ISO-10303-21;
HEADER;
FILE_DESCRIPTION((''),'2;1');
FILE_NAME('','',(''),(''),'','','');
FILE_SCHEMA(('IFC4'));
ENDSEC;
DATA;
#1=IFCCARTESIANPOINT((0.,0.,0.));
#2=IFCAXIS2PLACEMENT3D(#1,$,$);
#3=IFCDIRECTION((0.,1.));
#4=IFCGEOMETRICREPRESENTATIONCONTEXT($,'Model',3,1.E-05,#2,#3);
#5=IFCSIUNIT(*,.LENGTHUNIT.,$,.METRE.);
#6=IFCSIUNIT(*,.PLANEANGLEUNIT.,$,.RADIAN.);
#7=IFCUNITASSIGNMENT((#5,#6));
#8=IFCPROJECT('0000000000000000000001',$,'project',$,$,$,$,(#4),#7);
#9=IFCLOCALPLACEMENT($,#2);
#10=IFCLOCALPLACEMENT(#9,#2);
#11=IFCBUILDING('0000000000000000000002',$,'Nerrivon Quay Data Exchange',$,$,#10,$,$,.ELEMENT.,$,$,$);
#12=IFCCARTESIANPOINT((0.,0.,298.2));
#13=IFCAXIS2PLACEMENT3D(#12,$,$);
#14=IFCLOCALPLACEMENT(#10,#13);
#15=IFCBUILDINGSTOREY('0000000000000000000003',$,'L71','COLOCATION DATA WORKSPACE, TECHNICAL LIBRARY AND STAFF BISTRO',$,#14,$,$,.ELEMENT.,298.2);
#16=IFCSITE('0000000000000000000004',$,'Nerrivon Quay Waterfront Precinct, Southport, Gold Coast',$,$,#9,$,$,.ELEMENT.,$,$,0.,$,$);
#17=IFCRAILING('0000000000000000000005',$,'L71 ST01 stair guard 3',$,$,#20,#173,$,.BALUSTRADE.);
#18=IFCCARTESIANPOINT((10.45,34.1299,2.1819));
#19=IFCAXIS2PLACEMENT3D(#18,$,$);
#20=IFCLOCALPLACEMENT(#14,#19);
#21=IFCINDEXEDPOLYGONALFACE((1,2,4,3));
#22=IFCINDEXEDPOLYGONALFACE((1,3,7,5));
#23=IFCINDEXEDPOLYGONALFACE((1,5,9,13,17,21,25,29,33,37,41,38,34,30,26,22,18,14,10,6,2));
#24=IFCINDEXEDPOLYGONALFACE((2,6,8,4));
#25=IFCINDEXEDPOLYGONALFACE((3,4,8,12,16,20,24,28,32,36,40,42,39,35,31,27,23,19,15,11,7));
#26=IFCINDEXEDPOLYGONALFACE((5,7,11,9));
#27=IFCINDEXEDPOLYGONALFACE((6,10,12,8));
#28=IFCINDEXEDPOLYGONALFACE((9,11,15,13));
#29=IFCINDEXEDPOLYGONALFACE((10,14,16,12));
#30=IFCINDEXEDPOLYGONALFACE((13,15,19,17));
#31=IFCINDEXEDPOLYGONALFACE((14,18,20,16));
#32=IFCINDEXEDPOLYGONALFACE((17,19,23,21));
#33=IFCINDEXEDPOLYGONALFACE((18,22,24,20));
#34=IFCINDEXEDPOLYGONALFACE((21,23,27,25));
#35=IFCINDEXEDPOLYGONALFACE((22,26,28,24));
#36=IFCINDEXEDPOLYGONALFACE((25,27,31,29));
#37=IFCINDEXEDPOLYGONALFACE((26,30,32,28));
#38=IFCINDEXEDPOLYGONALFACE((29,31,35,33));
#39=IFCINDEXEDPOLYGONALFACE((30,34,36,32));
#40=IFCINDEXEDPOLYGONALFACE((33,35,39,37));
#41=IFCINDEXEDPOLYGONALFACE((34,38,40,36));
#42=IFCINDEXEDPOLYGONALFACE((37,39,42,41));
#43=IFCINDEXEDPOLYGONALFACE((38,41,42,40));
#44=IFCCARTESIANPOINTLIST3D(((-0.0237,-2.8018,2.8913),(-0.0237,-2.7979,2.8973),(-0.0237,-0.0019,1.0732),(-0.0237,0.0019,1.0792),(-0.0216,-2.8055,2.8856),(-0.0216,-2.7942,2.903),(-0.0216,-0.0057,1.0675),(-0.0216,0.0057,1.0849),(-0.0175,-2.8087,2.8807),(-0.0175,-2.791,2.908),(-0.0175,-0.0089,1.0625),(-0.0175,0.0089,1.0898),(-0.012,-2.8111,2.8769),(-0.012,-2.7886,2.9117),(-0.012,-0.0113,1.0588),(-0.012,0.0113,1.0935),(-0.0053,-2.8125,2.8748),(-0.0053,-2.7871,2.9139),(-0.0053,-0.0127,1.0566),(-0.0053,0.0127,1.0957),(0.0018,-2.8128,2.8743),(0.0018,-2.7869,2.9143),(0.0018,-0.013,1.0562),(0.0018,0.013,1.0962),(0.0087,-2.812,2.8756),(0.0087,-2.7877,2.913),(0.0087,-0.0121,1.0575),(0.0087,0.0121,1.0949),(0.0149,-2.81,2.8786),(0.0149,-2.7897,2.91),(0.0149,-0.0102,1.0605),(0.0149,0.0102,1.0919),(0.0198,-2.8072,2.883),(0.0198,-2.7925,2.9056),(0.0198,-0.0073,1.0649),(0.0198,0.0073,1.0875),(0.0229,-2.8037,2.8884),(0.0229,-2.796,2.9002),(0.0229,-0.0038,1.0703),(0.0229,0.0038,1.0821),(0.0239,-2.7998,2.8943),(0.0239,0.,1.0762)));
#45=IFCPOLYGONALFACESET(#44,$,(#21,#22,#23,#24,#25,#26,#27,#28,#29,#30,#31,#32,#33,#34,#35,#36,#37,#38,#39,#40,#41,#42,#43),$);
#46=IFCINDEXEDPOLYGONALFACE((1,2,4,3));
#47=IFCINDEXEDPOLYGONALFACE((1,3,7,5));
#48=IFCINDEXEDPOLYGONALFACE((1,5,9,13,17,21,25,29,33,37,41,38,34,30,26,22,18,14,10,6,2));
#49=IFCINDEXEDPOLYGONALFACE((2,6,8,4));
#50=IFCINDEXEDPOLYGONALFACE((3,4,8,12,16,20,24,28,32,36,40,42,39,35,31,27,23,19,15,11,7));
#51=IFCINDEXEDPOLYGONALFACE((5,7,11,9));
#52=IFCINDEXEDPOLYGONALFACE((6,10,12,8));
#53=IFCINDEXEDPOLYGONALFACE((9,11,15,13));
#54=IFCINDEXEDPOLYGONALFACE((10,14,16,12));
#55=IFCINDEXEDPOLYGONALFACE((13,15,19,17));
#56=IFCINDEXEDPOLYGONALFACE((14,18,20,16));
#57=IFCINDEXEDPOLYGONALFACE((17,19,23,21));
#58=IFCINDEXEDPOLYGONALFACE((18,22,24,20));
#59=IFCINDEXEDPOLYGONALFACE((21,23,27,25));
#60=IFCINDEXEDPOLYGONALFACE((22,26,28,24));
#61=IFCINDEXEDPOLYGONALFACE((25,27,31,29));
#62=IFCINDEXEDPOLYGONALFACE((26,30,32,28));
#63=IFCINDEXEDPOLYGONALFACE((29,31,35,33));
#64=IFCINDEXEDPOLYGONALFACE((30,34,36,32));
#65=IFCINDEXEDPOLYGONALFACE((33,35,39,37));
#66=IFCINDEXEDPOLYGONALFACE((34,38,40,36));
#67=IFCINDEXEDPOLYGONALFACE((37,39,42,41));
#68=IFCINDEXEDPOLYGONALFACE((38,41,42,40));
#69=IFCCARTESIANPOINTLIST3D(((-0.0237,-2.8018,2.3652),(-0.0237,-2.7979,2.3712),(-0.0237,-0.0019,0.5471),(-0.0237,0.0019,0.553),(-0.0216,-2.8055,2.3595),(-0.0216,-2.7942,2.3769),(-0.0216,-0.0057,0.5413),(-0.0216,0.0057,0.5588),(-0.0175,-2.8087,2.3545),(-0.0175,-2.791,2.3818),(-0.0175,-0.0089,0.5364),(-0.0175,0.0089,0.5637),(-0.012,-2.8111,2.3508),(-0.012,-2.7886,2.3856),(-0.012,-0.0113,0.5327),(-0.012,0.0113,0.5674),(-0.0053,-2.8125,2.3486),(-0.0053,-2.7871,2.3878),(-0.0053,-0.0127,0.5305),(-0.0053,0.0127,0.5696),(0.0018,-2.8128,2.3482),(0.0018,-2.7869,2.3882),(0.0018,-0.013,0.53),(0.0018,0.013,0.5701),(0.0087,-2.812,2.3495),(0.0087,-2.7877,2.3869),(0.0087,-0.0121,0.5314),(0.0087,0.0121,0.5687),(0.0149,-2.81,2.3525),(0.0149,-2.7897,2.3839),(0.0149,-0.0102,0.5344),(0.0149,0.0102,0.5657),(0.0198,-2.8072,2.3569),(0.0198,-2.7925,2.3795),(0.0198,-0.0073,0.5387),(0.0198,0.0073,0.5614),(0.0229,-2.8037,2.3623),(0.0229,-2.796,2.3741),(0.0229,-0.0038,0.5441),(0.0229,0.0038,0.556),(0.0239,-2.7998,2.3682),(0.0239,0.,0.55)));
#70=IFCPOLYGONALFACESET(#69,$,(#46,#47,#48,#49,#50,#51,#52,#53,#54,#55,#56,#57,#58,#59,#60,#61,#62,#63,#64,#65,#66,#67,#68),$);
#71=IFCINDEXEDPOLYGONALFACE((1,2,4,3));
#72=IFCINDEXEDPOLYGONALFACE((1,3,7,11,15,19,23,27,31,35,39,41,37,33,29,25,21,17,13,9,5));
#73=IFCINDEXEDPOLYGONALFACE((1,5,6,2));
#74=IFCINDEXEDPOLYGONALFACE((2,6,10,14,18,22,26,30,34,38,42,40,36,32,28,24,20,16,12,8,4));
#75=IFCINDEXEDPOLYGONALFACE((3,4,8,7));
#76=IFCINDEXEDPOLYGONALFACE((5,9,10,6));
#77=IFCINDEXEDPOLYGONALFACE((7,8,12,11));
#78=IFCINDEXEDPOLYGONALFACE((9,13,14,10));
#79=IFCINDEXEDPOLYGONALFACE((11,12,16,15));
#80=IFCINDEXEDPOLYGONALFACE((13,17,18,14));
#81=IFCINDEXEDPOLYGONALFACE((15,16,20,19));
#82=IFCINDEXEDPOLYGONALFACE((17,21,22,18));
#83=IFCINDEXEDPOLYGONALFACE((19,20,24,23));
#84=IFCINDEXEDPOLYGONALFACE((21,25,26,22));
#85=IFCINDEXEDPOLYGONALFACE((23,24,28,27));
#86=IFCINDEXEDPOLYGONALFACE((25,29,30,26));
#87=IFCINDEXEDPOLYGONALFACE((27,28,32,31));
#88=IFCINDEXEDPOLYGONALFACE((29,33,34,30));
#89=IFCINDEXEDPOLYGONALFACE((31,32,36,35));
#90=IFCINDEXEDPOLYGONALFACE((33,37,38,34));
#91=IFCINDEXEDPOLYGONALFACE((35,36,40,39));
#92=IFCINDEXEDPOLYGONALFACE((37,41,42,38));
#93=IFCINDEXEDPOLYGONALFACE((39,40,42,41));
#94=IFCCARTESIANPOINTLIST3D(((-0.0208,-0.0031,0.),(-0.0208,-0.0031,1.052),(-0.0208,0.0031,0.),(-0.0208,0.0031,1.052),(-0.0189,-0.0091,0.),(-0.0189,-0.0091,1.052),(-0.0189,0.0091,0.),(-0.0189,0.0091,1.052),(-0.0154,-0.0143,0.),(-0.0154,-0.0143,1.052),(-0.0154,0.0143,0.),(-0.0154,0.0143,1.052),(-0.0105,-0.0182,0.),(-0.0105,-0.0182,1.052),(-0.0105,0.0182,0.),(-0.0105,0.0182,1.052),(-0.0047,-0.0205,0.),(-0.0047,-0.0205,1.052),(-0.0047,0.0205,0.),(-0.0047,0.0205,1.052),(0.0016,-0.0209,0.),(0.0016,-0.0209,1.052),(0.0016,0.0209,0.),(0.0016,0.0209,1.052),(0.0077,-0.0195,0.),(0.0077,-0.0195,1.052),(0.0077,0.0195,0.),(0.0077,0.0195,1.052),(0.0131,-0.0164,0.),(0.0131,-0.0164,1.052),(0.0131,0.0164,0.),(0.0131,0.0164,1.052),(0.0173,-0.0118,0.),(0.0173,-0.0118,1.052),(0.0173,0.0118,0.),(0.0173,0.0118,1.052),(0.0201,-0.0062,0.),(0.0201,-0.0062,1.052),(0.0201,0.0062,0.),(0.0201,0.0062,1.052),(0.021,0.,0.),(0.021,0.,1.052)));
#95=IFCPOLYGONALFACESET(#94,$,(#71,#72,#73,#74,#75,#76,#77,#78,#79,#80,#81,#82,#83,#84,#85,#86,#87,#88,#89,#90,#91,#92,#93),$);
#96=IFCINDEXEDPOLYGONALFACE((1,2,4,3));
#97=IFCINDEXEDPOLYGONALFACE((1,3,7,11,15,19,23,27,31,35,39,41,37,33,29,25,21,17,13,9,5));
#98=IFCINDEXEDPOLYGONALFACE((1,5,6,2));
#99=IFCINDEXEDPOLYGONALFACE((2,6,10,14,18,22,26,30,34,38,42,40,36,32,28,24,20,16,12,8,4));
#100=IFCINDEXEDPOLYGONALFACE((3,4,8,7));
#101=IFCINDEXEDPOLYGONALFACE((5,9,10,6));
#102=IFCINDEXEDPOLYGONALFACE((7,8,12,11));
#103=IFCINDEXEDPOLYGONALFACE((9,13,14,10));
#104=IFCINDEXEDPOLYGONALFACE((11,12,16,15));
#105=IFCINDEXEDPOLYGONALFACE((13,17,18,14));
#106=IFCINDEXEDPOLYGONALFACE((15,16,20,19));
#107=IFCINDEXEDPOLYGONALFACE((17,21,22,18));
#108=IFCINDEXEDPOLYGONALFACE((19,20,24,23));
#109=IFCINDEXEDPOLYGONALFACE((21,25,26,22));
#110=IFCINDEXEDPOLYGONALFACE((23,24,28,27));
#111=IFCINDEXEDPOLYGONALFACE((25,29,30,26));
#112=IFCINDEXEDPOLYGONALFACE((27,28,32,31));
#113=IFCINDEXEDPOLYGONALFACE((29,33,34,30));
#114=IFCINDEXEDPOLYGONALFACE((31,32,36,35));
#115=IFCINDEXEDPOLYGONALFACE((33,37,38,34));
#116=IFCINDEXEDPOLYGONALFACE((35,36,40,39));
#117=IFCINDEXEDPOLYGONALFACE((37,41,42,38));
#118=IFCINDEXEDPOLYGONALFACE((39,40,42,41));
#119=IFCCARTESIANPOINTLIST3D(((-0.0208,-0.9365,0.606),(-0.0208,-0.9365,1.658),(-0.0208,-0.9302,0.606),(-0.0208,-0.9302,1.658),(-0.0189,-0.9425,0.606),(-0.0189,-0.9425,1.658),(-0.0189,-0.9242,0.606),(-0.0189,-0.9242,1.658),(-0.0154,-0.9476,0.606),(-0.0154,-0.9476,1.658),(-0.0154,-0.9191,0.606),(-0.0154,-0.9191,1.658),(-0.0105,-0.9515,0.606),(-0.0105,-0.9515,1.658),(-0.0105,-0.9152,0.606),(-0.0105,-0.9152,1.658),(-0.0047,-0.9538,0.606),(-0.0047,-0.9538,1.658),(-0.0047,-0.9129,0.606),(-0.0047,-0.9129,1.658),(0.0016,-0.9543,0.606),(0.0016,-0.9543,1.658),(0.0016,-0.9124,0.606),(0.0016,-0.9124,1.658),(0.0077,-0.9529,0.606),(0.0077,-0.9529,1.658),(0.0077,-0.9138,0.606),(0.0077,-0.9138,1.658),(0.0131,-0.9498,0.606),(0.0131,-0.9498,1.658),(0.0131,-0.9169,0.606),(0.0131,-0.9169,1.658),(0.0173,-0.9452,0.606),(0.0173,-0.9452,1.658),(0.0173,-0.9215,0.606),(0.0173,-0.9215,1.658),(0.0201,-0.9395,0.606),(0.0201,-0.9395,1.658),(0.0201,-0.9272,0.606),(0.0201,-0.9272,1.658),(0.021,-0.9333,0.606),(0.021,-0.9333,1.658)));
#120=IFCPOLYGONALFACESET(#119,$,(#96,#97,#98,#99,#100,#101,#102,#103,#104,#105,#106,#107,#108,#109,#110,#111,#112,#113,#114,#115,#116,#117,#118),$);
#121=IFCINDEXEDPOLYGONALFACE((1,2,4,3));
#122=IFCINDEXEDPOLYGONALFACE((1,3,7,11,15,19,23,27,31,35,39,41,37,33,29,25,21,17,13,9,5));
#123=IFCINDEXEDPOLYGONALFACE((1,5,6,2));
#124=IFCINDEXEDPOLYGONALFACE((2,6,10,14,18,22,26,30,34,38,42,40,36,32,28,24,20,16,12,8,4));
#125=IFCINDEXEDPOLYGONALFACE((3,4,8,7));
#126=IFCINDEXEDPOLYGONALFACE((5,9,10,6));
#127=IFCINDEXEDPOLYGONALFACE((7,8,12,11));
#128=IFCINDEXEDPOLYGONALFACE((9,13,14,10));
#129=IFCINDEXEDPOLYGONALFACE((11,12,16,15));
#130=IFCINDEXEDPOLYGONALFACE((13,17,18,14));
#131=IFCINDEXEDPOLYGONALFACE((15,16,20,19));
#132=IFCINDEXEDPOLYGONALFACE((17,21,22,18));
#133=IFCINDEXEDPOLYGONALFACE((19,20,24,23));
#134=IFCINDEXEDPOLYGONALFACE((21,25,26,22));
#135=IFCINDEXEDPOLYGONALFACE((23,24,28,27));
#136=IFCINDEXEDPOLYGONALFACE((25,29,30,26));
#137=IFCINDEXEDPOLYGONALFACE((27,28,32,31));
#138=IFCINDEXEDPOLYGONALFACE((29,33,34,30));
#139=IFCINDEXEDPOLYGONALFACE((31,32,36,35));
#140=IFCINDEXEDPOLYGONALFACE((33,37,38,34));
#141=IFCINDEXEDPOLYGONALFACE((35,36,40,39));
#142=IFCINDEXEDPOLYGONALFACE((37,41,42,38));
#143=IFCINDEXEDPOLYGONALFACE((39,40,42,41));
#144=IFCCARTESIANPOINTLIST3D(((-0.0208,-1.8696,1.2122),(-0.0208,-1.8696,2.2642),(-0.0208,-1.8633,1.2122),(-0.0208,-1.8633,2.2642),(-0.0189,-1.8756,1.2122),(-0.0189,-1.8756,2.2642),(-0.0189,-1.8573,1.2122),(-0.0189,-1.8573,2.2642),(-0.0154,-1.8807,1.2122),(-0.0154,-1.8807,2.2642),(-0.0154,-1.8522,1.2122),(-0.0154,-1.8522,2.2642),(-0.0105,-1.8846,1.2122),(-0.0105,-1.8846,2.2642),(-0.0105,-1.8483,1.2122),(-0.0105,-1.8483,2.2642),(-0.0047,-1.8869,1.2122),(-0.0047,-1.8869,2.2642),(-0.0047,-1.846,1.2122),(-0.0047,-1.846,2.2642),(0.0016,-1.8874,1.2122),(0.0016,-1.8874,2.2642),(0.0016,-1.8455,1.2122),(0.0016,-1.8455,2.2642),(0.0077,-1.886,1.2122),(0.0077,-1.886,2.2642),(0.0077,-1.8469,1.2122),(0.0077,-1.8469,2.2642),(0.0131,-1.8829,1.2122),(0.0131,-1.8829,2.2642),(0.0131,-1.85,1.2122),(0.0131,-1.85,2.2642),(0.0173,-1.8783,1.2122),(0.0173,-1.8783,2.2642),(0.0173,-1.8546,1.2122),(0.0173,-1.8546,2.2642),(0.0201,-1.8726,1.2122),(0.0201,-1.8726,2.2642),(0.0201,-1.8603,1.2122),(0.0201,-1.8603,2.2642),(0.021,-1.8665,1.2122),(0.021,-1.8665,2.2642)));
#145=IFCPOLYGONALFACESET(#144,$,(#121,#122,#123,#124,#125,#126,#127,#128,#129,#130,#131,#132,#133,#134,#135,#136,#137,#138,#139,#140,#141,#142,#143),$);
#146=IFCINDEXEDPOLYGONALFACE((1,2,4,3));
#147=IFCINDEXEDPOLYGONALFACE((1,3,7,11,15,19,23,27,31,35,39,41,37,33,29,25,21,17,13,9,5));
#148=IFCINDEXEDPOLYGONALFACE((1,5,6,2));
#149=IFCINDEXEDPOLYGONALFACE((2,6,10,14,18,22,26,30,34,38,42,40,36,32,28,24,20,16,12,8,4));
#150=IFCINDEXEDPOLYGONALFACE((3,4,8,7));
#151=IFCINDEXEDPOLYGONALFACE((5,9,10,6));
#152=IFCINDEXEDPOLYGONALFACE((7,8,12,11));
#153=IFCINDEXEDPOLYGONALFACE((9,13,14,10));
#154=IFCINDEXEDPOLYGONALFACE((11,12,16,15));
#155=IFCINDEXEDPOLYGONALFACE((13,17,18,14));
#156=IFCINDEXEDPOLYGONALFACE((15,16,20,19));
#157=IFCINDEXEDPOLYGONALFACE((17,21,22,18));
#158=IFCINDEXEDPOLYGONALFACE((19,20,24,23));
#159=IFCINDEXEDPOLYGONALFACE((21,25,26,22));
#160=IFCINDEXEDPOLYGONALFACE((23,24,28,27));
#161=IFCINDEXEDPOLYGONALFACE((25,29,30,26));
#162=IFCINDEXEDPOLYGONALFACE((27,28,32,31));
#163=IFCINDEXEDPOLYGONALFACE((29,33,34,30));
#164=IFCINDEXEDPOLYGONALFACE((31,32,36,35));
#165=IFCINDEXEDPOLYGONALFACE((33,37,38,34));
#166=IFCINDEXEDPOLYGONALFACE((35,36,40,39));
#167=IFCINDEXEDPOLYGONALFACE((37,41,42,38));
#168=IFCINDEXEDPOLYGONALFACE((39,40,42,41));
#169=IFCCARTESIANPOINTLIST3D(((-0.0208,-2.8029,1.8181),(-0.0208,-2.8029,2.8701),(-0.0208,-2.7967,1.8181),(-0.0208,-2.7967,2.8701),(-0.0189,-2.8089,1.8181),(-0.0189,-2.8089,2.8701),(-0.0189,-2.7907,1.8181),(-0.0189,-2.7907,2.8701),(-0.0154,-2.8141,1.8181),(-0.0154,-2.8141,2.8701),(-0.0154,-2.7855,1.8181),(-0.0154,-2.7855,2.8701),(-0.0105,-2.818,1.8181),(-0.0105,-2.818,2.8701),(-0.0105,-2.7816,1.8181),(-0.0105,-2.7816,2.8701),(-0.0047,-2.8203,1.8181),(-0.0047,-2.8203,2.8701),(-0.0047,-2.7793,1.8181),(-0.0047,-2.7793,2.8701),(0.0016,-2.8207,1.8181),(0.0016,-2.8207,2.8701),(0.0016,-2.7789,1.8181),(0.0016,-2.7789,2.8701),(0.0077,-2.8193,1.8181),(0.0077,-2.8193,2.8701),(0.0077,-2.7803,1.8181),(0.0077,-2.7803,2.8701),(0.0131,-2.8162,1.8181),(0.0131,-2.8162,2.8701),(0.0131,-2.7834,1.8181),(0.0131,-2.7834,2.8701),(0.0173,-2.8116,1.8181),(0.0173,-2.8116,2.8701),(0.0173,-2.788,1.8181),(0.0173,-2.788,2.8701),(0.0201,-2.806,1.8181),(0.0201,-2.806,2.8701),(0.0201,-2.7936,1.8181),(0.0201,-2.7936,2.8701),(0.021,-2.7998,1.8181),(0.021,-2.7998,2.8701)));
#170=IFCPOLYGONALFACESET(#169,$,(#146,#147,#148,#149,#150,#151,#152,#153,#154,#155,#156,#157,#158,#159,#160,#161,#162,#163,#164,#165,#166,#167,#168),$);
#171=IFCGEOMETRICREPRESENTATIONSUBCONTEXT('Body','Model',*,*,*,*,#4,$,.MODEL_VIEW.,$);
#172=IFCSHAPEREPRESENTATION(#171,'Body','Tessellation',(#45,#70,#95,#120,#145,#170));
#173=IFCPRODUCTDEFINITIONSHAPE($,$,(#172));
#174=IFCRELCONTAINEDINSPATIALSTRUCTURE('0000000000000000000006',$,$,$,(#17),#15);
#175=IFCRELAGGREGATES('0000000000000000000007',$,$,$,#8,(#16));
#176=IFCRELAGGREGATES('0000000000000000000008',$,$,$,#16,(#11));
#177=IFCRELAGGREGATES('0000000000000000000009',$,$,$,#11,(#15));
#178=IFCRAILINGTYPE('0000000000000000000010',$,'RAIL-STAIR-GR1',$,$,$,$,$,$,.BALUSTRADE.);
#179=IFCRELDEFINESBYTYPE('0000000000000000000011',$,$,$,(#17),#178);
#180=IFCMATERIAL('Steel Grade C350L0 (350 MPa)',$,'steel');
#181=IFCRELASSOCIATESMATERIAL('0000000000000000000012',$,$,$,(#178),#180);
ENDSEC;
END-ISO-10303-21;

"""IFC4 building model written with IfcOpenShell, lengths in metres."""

from ifc_helpers import new_model, si_unit, direction, frame, origin, origin_2d, place, context, subcontext, project, spatial, circle, extrude, material, type_object, element, save


model = new_model("IFC4")

# Units and contexts
model_context = context("Model", 3, precision=1e-05, world=origin(), true_north=direction((0.0, 1.0)))
body_context = subcontext(model_context, "Body", "Model", "MODEL_VIEW")
ifc_project = project(units=[si_unit("LENGTHUNIT", "METRE"), si_unit("PLANEANGLEUNIT", "RADIAN")], contexts=[model_context])

# Site, building, storey
site_placement = place(None, origin())
site = spatial("IfcSite", under=ifc_project, at=site_placement, Name="Nerrivon Quay Waterfront Precinct, Southport, Gold Coast", CompositionType="ELEMENT", RefElevation=0.0)
building_placement = place(site_placement, origin())
building = spatial("IfcBuilding", under=site, at=building_placement, Name="Nerrivon Quay Data Exchange", CompositionType="ELEMENT")
storey_placement = place(building_placement, frame((0.0, 0.0, 298.2)))
storey = spatial("IfcBuildingStorey", under=building, at=storey_placement, Name="L71", Description="COLOCATION DATA WORKSPACE, TECHNICAL LIBRARY AND STAFF BISTRO", CompositionType="ELEMENT", Elevation=298.2)

# Shared definitions
ifc_material_1 = material(Name="Steel Grade C350L0 (350 MPa)", Category="steel")

# Railing
railing_type_1 = type_object("IfcRailingType", Name="RAIL-STAIR-GR1", PredefinedType="BALUSTRADE", material=ifc_material_1)
railing_1_placement = place(storey_placement, frame((10.45, 34.1299, 2.1819)))
element("IfcRailing", 1, at=railing_1_placement, inside=storey, type_object=railing_type_1, Name="L71 ST01 stair guard 3", PredefinedType="BALUSTRADE", context=body_context, shape_type="SweptSolid", body=[
    extrude(circle(Radius=0.0239, at=origin_2d()), frame((0.0, 0.0, 1.0762), z_axis=(0.0, -0.838684, 0.544618), x_axis=(1.0, 0.0, 0.0)), (0.0, 0.0, 1.0), 3.3384),
    extrude(circle(Radius=0.0239, at=origin_2d()), frame((0.0, 0.0, 0.55), z_axis=(0.0, -0.838684, 0.544618), x_axis=(1.0, 0.0, 0.0)), (0.0, 0.0, 1.0), 3.3384),
    extrude(circle(Radius=0.021, at=origin_2d()), origin(), (0.0, 0.0, 1.0), 1.052),
    extrude(circle(Radius=0.021, at=origin_2d()), frame((0.0, -0.9333, 0.606)), (0.0, 0.0, 1.0), 1.052),
    extrude(circle(Radius=0.021, at=origin_2d()), frame((0.0, -1.8665, 1.2122)), (0.0, 0.0, 1.0), 1.052),
    extrude(circle(Radius=0.021, at=origin_2d()), frame((0.0, -2.7998, 1.8181)), (0.0, 0.0, 1.0), 1.052),
])

save(model, "model.ifc")
